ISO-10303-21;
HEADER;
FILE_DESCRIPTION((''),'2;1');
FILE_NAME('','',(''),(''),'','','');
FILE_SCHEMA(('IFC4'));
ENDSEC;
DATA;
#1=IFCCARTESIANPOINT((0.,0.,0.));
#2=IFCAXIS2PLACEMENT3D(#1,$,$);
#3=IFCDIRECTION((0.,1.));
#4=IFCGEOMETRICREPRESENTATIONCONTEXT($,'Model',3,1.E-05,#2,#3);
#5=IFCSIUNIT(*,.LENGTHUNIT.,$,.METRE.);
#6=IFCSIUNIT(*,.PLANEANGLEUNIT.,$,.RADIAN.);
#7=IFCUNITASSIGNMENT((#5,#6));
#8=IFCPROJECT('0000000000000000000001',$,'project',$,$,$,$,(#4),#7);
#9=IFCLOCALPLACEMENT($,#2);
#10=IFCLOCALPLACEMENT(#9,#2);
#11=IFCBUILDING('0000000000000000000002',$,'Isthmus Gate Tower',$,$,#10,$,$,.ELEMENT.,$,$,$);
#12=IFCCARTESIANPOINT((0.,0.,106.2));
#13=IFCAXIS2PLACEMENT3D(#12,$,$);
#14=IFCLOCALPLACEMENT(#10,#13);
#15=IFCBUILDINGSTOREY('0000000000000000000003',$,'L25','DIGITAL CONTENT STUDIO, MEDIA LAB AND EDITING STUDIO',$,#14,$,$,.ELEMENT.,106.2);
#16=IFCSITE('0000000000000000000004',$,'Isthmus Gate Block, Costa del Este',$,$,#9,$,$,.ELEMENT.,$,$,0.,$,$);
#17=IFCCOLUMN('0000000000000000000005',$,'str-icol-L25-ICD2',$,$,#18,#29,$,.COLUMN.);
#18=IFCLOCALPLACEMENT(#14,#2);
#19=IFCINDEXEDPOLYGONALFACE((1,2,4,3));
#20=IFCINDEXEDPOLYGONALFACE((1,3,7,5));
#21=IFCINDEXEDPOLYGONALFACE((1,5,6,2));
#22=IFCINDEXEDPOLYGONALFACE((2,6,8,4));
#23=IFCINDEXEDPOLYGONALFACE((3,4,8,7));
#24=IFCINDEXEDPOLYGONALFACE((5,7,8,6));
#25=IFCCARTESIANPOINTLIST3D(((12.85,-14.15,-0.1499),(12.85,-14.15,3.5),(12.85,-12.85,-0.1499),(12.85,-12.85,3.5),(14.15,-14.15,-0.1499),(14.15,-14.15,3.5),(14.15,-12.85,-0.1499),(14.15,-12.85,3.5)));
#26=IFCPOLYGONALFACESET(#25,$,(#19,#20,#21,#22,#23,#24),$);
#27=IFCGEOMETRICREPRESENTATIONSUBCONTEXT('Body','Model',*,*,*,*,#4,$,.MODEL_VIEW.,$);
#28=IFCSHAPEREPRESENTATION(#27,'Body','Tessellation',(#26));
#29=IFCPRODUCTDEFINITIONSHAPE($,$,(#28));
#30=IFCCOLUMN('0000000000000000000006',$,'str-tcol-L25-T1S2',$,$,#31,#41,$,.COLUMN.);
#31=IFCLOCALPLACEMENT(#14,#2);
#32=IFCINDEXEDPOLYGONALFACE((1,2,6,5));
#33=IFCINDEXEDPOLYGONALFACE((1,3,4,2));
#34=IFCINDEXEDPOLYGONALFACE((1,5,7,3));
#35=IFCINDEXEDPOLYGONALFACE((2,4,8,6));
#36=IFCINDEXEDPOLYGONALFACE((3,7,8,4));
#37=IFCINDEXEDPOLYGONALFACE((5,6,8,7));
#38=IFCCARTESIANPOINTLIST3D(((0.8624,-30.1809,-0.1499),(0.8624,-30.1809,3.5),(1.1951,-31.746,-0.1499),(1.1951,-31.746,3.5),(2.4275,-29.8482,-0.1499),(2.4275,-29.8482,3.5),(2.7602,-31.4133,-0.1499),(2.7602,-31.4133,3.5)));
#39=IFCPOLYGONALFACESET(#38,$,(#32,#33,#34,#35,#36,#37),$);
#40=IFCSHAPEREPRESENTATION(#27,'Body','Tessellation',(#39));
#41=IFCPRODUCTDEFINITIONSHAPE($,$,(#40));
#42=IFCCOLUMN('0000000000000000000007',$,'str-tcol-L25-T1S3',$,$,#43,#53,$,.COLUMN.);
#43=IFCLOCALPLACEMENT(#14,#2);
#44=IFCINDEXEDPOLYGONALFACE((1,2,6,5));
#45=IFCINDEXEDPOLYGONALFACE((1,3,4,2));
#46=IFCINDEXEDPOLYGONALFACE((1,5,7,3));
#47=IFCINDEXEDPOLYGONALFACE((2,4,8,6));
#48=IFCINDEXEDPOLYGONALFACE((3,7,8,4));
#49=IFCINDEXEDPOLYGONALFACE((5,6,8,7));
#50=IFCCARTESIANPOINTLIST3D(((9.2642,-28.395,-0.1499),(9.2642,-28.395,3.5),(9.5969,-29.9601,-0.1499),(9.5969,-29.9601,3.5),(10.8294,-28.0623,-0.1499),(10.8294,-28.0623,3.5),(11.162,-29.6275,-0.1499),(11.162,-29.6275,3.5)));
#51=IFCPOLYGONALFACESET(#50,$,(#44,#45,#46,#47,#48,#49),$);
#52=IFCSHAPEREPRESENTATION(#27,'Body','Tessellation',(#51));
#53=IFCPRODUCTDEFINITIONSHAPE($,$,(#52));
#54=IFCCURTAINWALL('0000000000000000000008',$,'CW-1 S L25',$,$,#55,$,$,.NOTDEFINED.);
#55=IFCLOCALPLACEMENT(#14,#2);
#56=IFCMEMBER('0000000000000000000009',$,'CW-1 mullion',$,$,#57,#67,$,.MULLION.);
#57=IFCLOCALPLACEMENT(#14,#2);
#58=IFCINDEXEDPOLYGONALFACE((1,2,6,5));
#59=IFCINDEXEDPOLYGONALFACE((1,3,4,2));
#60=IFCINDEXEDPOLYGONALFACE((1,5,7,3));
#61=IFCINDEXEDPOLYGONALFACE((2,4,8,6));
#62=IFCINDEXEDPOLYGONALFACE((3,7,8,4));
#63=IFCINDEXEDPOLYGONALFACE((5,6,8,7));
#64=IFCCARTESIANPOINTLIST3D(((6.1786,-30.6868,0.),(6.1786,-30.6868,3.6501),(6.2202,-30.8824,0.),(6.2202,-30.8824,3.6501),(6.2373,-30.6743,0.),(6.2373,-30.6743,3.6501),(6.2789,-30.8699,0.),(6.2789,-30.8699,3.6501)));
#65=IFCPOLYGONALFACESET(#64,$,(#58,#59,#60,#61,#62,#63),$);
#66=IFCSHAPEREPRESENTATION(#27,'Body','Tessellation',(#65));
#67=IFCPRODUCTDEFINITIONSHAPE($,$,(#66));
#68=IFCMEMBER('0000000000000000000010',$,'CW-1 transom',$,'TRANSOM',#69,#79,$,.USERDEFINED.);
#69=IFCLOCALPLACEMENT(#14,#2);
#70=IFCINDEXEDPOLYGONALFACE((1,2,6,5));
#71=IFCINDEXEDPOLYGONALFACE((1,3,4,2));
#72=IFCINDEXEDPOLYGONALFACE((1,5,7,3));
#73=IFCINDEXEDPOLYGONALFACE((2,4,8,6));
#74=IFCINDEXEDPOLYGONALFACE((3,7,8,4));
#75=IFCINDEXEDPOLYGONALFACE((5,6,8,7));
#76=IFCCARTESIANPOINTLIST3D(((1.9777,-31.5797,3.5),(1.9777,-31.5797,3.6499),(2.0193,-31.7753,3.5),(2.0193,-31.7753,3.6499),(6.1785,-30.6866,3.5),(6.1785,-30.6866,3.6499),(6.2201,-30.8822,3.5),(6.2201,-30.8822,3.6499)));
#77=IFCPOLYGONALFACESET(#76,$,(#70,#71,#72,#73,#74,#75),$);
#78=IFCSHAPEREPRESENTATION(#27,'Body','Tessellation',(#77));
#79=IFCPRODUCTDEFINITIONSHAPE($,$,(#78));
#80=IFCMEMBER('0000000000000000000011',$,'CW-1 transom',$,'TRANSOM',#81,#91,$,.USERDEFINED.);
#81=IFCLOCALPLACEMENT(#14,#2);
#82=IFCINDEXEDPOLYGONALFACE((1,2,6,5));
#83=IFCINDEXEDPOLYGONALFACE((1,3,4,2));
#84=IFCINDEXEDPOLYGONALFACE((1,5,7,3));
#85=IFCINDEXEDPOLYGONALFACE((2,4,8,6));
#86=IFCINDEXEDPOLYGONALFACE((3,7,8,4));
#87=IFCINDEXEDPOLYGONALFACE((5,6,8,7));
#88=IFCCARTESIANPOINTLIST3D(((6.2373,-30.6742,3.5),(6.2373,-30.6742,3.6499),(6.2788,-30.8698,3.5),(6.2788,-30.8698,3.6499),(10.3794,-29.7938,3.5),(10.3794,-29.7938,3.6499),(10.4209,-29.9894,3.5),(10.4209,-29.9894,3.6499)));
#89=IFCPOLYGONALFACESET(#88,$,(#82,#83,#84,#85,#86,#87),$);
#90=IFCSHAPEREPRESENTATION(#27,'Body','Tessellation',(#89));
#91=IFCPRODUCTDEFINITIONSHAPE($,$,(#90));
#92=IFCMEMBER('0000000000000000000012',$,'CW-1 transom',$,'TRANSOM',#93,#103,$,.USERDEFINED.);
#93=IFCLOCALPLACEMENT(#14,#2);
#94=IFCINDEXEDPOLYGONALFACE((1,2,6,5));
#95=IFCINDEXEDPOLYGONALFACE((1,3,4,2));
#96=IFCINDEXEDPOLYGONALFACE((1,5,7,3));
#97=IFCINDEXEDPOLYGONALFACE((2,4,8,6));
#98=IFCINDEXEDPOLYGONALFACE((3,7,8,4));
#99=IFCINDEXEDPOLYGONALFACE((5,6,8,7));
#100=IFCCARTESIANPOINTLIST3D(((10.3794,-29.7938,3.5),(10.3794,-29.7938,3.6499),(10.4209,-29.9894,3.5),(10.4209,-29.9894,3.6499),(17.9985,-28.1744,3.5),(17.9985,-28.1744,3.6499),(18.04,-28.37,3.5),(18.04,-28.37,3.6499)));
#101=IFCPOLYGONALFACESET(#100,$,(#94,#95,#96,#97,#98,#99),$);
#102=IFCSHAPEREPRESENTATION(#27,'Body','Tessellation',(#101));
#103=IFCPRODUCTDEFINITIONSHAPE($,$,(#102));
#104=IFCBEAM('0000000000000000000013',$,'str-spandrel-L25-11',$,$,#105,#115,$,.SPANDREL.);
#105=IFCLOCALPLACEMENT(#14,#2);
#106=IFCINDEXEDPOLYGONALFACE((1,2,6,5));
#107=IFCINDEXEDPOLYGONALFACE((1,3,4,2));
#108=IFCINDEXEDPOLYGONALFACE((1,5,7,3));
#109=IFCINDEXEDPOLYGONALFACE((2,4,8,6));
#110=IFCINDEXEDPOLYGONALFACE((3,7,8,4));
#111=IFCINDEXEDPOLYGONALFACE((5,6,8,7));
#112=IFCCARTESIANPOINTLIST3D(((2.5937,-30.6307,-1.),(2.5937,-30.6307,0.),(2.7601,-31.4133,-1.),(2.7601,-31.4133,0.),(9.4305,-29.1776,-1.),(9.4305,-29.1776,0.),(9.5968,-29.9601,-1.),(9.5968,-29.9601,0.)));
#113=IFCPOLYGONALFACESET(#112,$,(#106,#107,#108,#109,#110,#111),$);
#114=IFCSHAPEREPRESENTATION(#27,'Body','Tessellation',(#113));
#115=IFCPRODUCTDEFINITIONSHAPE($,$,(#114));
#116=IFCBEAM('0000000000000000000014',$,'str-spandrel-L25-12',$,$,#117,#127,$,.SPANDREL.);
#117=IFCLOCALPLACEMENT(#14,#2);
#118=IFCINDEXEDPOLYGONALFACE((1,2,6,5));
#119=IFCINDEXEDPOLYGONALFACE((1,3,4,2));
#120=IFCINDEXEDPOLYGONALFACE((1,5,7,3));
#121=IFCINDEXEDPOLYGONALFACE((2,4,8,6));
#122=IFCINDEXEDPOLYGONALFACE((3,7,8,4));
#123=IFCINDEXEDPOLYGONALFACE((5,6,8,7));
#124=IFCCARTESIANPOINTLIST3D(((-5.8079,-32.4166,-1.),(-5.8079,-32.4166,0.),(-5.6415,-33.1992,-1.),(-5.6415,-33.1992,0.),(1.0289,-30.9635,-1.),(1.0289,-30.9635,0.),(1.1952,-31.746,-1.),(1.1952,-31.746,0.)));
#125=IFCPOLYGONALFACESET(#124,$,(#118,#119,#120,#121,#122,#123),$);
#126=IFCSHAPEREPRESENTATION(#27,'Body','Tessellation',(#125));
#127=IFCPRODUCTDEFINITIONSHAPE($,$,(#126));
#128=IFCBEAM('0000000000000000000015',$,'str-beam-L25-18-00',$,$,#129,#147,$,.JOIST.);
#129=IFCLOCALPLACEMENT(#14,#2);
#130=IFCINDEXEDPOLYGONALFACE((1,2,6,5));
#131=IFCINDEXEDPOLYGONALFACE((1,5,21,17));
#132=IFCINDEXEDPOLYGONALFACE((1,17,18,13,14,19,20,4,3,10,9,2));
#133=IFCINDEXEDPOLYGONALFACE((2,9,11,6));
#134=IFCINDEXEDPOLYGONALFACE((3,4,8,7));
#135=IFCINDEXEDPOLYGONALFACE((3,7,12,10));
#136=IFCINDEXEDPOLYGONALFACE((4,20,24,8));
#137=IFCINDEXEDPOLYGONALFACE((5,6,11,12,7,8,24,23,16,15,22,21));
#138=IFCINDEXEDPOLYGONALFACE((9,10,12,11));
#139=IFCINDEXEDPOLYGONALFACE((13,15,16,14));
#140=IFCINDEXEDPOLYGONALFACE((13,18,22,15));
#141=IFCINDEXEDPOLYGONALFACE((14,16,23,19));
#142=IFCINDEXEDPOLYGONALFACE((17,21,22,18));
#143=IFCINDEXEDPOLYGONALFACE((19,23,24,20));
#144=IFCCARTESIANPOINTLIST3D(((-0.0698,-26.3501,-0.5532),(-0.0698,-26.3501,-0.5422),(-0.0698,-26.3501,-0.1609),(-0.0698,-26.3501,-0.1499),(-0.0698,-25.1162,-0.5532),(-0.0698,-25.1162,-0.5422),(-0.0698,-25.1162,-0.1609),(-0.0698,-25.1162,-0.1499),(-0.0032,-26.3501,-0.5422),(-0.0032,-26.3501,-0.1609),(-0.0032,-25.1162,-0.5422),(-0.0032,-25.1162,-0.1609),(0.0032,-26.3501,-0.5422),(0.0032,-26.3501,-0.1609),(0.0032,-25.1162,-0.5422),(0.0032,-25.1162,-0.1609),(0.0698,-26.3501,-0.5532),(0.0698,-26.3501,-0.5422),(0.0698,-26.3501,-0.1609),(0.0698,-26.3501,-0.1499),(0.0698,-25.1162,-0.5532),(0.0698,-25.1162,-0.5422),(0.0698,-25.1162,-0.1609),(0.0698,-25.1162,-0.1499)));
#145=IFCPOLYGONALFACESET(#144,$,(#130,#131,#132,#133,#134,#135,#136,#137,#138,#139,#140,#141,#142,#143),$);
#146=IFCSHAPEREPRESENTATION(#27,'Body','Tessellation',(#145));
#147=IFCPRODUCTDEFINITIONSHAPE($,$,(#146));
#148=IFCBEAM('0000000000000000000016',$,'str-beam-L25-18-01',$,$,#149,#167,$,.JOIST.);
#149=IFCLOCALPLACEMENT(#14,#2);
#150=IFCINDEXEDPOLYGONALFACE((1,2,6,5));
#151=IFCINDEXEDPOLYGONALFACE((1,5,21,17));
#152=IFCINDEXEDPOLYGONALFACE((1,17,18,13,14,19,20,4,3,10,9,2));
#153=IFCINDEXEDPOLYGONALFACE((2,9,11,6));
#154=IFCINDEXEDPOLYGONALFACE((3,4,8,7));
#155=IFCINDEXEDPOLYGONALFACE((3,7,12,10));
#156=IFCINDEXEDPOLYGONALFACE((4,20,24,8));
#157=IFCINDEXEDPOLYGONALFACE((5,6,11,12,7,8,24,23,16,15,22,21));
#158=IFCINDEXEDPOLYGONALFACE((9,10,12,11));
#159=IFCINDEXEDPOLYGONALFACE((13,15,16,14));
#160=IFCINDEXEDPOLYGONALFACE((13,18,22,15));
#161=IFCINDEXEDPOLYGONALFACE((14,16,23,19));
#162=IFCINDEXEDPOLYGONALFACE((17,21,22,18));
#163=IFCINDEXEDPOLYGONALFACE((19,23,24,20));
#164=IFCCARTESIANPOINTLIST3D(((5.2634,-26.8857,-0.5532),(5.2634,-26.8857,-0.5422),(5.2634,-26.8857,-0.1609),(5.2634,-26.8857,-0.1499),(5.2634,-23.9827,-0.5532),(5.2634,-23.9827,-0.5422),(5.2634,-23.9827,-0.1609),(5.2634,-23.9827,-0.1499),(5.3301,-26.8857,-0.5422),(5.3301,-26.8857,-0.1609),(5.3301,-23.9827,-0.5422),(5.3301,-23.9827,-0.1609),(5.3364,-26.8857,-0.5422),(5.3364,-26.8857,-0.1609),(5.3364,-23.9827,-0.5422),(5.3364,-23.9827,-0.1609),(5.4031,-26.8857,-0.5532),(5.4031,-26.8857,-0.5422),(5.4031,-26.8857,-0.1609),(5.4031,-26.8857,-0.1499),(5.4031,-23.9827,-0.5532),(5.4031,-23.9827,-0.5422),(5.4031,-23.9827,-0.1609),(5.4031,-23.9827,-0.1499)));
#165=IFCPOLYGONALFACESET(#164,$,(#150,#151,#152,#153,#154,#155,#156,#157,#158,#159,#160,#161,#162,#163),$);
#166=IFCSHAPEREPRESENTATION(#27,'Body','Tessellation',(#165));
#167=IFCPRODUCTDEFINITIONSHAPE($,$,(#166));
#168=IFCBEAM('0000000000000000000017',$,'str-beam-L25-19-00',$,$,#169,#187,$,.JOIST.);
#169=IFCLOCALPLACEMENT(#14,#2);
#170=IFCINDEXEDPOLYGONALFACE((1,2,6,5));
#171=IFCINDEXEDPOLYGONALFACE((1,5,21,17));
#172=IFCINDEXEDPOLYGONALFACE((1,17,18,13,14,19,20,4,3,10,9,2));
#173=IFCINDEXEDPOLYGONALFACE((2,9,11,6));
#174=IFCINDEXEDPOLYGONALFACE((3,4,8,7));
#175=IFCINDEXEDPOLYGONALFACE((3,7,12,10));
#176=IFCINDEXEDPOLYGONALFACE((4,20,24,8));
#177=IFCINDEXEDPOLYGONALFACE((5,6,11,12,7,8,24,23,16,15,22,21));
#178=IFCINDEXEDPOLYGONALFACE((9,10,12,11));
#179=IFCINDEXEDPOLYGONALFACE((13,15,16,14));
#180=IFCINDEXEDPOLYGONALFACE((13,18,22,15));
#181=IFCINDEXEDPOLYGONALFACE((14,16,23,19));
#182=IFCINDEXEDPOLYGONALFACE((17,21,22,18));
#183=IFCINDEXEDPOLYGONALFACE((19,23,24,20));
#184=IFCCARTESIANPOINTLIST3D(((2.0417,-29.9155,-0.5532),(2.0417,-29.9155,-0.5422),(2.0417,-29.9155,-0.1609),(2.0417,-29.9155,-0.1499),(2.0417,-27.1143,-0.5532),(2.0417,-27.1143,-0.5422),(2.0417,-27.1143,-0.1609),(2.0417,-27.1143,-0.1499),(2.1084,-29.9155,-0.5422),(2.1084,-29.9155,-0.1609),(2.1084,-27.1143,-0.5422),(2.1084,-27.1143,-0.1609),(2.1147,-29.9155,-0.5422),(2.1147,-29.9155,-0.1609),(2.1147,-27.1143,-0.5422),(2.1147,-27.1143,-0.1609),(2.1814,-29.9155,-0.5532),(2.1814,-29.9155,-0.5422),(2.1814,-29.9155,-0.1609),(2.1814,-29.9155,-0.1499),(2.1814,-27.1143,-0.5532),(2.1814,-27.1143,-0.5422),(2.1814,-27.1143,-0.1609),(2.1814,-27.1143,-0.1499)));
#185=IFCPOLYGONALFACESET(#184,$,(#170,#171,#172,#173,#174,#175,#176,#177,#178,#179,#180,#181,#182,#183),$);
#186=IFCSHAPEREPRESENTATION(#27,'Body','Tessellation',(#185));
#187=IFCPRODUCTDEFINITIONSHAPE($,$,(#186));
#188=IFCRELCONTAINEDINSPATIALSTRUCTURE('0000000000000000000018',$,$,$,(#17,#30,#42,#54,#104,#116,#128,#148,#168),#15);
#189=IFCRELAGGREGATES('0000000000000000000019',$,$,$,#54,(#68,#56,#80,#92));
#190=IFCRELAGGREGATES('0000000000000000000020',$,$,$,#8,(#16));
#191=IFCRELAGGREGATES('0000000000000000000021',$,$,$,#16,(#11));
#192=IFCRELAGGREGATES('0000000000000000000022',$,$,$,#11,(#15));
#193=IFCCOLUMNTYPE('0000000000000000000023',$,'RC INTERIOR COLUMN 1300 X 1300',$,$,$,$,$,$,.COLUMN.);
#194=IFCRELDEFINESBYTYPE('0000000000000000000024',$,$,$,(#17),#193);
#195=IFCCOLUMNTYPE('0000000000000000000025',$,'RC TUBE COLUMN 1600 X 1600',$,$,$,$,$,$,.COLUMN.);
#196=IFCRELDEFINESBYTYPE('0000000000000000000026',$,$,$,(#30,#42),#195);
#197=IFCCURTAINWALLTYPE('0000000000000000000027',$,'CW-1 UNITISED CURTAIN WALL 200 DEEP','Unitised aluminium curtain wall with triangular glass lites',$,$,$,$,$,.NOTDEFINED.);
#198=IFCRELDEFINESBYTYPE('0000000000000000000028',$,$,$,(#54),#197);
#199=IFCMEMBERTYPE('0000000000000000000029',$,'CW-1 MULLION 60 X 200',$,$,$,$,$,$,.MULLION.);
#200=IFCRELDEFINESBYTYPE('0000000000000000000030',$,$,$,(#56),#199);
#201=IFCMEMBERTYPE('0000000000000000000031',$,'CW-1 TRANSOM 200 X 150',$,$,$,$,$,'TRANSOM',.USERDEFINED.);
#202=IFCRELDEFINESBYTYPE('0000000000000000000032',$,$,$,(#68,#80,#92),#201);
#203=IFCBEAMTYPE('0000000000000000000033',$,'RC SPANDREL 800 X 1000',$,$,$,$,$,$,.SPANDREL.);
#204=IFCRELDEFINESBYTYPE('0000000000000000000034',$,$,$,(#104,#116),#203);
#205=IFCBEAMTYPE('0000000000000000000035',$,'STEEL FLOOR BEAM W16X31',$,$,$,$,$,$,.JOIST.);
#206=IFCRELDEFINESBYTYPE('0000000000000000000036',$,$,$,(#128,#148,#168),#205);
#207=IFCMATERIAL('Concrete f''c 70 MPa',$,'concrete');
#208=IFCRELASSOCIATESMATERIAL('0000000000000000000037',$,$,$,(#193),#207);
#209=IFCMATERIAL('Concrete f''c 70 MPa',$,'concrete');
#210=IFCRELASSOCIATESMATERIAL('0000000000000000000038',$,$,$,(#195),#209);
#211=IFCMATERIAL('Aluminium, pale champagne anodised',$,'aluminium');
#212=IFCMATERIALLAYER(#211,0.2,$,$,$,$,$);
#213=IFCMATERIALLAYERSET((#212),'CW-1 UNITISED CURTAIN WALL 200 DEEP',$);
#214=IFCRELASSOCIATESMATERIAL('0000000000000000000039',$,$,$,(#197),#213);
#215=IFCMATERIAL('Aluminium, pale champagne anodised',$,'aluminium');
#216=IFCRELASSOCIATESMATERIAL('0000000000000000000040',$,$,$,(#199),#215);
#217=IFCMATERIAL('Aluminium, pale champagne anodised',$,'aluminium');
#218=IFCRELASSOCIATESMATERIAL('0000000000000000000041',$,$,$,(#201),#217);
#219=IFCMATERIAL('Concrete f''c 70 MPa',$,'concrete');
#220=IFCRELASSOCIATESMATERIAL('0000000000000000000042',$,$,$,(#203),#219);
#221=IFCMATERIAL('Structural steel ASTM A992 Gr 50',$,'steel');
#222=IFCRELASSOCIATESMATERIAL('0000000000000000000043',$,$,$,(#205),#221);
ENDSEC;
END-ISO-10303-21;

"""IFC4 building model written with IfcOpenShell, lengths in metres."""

from ifc_helpers import new_model, si_unit, direction, frame, origin, origin_2d, place, context, subcontext, project, spatial, rectangle, i_section, extrude, material, layer, layer_set, material_profile, profile_set, type_object, element, aggregate, save


model = new_model("IFC4")

# Units and contexts
model_context = context("Model", 3, precision=1e-05, world=origin(), true_north=direction((0.0, 1.0)))
body_context = subcontext(model_context, "Body", "Model", "MODEL_VIEW")
ifc_project = project(units=[si_unit("LENGTHUNIT", "METRE"), si_unit("PLANEANGLEUNIT", "RADIAN")], contexts=[model_context])

# Site, building, storey
site_placement = place(None, origin())
site = spatial("IfcSite", under=ifc_project, at=site_placement, Name="Isthmus Gate Block, Costa del Este", CompositionType="ELEMENT", RefElevation=0.0)
building_placement = place(site_placement, origin())
building = spatial("IfcBuilding", under=site, at=building_placement, Name="Isthmus Gate Tower", CompositionType="ELEMENT")
storey_placement = place(building_placement, frame((0.0, 0.0, 106.2)))
storey = spatial("IfcBuildingStorey", under=building, at=storey_placement, Name="L25", Description="DIGITAL CONTENT STUDIO, MEDIA LAB AND EDITING STUDIO", CompositionType="ELEMENT", Elevation=106.2)

# Columns
ifc_material_1 = material(Name="Concrete f'c 70 MPa", Category="concrete")
ifc_material_profile_1 = material_profile(ifc_material_1, rectangle(XDim=1.3, YDim=1.3, at=origin_2d()), Name="RC 1300X1300")
ifc_profile_set_1 = profile_set([ifc_material_profile_1], Name="Concrete f'c 70 MPa")
column_type_1 = type_object("IfcColumnType", Name="RC INTERIOR COLUMN 1300 X 1300", PredefinedType="COLUMN", material=ifc_profile_set_1)
column_placement = place(storey_placement, frame((13.5, -13.5, -0.1499), z_axis=(0.0, 0.0, 1.0), x_axis=(1.0, 0.0, 0.0)))
element("IfcColumn", 1, at=column_placement, inside=storey, type_object=column_type_1, Name="str-icol-L25-ICD2", PredefinedType="COLUMN", context=body_context, shape_type="SweptSolid", body=[
    extrude(rectangle(XDim=1.3, YDim=1.3, at=origin_2d()), origin(), (0.0, 0.0, 1.0), 3.6499),
])
ifc_material_2 = material(Name="Concrete f'c 70 MPa", Category="concrete")
ifc_material_profile_2 = material_profile(ifc_material_2, rectangle(XDim=1.6001, YDim=1.6001, at=origin_2d()), Name="RC 1600X1600")
ifc_profile_set_2 = profile_set([ifc_material_profile_2], Name="Concrete f'c 70 MPa")
column_type_2 = type_object("IfcColumnType", Name="RC TUBE COLUMN 1600 X 1600", PredefinedType="COLUMN", material=ifc_profile_set_2)
for number, where, z_axis, x_axis, name in (
    (2, (1.8113, -30.7971, -0.1499), (0.0, 0.0, 1.0), (0.978148, 0.207912, 0.0), "str-tcol-L25-T1S2"),
    (3, (10.2131, -29.0112, -0.1499), (0.0, 0.0, 1.0), (0.978148, 0.207912, 0.0), "str-tcol-L25-T1S3"),
):
    element("IfcColumn", number, at=place(storey_placement, frame(where, z_axis=z_axis, x_axis=x_axis)), inside=storey, type_object=column_type_2, Name=name, PredefinedType="COLUMN", context=body_context, shape_type="SweptSolid", body=[
        extrude(rectangle(XDim=1.6001, YDim=1.6001, at=origin_2d()), origin(), (0.0, 0.0, 1.0), 3.6499),
    ])

# Curtain wall, members
ifc_material_3 = material(Name="Aluminium, pale champagne anodised", Category="aluminium")
ifc_layer_1 = layer(ifc_material_3, 0.2)
ifc_layer_set_1 = layer_set([ifc_layer_1], Name="CW-1 UNITISED CURTAIN WALL 200 DEEP")
curtain_wall_type = type_object("IfcCurtainWallType", Name="CW-1 UNITISED CURTAIN WALL 200 DEEP", Description="Unitised aluminium curtain wall with triangular glass lites", PredefinedType="NOTDEFINED", material=ifc_layer_set_1)
curtain_wall_placement = place(storey_placement, origin())
curtain_wall = element("IfcCurtainWall", 4, at=curtain_wall_placement, inside=storey, type_object=curtain_wall_type, Name="CW-1 S L25", PredefinedType="NOTDEFINED")
ifc_material_4 = material(Name="Aluminium, pale champagne anodised", Category="aluminium")
ifc_material_profile_3 = material_profile(ifc_material_4, rectangle(XDim=0.0601, YDim=0.2, at=origin_2d()), Name="60x200")
ifc_profile_set_3 = profile_set([ifc_material_profile_3], Name="Aluminium, pale champagne anodised")
member_type_1 = type_object("IfcMemberType", Name="CW-1 MULLION 60 X 200", PredefinedType="MULLION", material=ifc_profile_set_3)
member_1_placement = place(storey_placement, frame((6.2288, -30.7783, 0.0), z_axis=(0.0, 0.0, 1.0), x_axis=(0.978148, 0.207912, 0.0)))
member_1 = element("IfcMember", 5, at=member_1_placement, type_object=member_type_1, Name="CW-1 mullion", PredefinedType="MULLION", context=body_context, shape_type="SweptSolid", body=[
    extrude(rectangle(XDim=0.0601, YDim=0.2, at=origin_2d()), origin(), (0.0, 0.0, 1.0), 3.6501),
])
ifc_material_5 = material(Name="Aluminium, pale champagne anodised", Category="aluminium")
ifc_material_profile_4 = material_profile(ifc_material_5, rectangle(XDim=0.2, YDim=0.1499, at=origin_2d()), Name="200x150")
ifc_profile_set_4 = profile_set([ifc_material_profile_4], Name="Aluminium, pale champagne anodised")
member_type_2 = type_object("IfcMemberType", Name="CW-1 TRANSOM 200 X 150", ElementType="TRANSOM", PredefinedType="USERDEFINED", material=ifc_profile_set_4)
member_2_placement = place(storey_placement, frame((1.9985, -31.6775, 3.575), z_axis=(0.978139, 0.207953, 0.0), x_axis=(-0.207953, 0.978139, 0.0)))
member_2 = element("IfcMember", 6, at=member_2_placement, type_object=member_type_2, Name="CW-1 transom", ObjectType="TRANSOM", PredefinedType="USERDEFINED", context=body_context, shape_type="SweptSolid", body=[
    extrude(rectangle(XDim=0.2, YDim=0.1499, at=origin_2d()), origin(), (0.0, 0.0, 1.0), 4.2947),
])
member_3_placement = place(storey_placement, frame((6.2581, -30.772, 3.575), z_axis=(0.97815, 0.207899, 0.0), x_axis=(-0.207899, 0.97815, 0.0)))
member_3 = element("IfcMember", 7, at=member_3_placement, type_object=member_type_2, Name="CW-1 transom", ObjectType="TRANSOM", PredefinedType="USERDEFINED", context=body_context, shape_type="SweptSolid", body=[
    extrude(rectangle(XDim=0.2, YDim=0.1499, at=origin_2d()), origin(), (0.0, 0.0, 1.0), 4.2346),
])
member_4_placement = place(storey_placement, frame((10.4001, -29.8916, 3.575), z_axis=(0.978151, 0.207898, 0.0), x_axis=(-0.207898, 0.978151, 0.0)))
member_4 = element("IfcMember", 8, at=member_4_placement, type_object=member_type_2, Name="CW-1 transom", ObjectType="TRANSOM", PredefinedType="USERDEFINED", context=body_context, shape_type="SweptSolid", body=[
    extrude(rectangle(XDim=0.2, YDim=0.1499, at=origin_2d()), origin(), (0.0, 0.0, 1.0), 7.7893),
])

# Beams
ifc_material_6 = material(Name="Concrete f'c 70 MPa", Category="concrete")
ifc_material_profile_5 = material_profile(ifc_material_6, rectangle(XDim=0.8, YDim=1.0, at=origin_2d()), Name="RC 800X1000")
ifc_profile_set_5 = profile_set([ifc_material_profile_5], Name="Concrete f'c 70 MPa")
beam_type_1 = type_object("IfcBeamType", Name="RC SPANDREL 800 X 1000", PredefinedType="SPANDREL", material=ifc_profile_set_5)
for number, where, z_axis, x_axis, name in (
    (9, (9.5137, -29.5688, -0.5), (-0.978149, -0.207904, 0.0), (0.207904, -0.978149, 0.0), "str-spandrel-L25-11"),
    (10, (1.1121, -31.3547, -0.5), (-0.978149, -0.207904, 0.0), (0.207904, -0.978149, 0.0), "str-spandrel-L25-12"),
):
    element("IfcBeam", number, at=place(storey_placement, frame(where, z_axis=z_axis, x_axis=x_axis)), inside=storey, type_object=beam_type_1, Name=name, PredefinedType="SPANDREL", context=body_context, shape_type="SweptSolid", body=[
        extrude(rectangle(XDim=0.8, YDim=1.0, at=origin_2d()), origin(), (0.0, 0.0, 1.0), 6.9895),
    ])
ifc_material_7 = material(Name="Structural steel ASTM A992 Gr 50", Category="steel")
ifc_material_profile_6 = material_profile(ifc_material_7, i_section(OverallWidth=0.1396, OverallDepth=0.4033, WebThickness=0.0063, FlangeThickness=0.011, at=origin_2d()), Name="W16X31")
ifc_profile_set_6 = profile_set([ifc_material_profile_6], Name="Structural steel ASTM A992 Gr 50")
beam_type_2 = type_object("IfcBeamType", Name="STEEL FLOOR BEAM W16X31", PredefinedType="JOIST", material=ifc_profile_set_6)
beam_1_placement = place(storey_placement, frame((0.0, -26.3501, -0.3516), z_axis=(0.0, 1.0, 0.0), x_axis=(-1.0, 0.0, 0.0)))
element("IfcBeam", 11, at=beam_1_placement, inside=storey, type_object=beam_type_2, Name="str-beam-L25-18-00", PredefinedType="JOIST", context=body_context, shape_type="SweptSolid", body=[
    extrude(i_section(OverallWidth=0.1396, OverallDepth=0.4033, WebThickness=0.0063, FlangeThickness=0.011, at=origin_2d()), origin(), (0.0, 0.0, 1.0), 1.2339),
])
beam_2_placement = place(storey_placement, frame((5.3333, -26.8857, -0.3516), z_axis=(0.0, 1.0, 0.0), x_axis=(-1.0, 0.0, 0.0)))
element("IfcBeam", 12, at=beam_2_placement, inside=storey, type_object=beam_type_2, Name="str-beam-L25-18-01", PredefinedType="JOIST", context=body_context, shape_type="SweptSolid", body=[
    extrude(i_section(OverallWidth=0.1396, OverallDepth=0.4033, WebThickness=0.0063, FlangeThickness=0.011, at=origin_2d()), origin(), (0.0, 0.0, 1.0), 2.9031),
])
beam_3_placement = place(storey_placement, frame((2.1116, -29.9155, -0.3516), z_axis=(0.0, 1.0, 0.0), x_axis=(-1.0, 0.0, 0.0)))
element("IfcBeam", 13, at=beam_3_placement, inside=storey, type_object=beam_type_2, Name="str-beam-L25-19-00", PredefinedType="JOIST", context=body_context, shape_type="SweptSolid", body=[
    extrude(i_section(OverallWidth=0.1396, OverallDepth=0.4033, WebThickness=0.0063, FlangeThickness=0.011, at=origin_2d()), origin(), (0.0, 0.0, 1.0), 2.8013),
])

aggregate(curtain_wall, [member_2, member_1, member_3, member_4])

save(model, "model.ifc")
